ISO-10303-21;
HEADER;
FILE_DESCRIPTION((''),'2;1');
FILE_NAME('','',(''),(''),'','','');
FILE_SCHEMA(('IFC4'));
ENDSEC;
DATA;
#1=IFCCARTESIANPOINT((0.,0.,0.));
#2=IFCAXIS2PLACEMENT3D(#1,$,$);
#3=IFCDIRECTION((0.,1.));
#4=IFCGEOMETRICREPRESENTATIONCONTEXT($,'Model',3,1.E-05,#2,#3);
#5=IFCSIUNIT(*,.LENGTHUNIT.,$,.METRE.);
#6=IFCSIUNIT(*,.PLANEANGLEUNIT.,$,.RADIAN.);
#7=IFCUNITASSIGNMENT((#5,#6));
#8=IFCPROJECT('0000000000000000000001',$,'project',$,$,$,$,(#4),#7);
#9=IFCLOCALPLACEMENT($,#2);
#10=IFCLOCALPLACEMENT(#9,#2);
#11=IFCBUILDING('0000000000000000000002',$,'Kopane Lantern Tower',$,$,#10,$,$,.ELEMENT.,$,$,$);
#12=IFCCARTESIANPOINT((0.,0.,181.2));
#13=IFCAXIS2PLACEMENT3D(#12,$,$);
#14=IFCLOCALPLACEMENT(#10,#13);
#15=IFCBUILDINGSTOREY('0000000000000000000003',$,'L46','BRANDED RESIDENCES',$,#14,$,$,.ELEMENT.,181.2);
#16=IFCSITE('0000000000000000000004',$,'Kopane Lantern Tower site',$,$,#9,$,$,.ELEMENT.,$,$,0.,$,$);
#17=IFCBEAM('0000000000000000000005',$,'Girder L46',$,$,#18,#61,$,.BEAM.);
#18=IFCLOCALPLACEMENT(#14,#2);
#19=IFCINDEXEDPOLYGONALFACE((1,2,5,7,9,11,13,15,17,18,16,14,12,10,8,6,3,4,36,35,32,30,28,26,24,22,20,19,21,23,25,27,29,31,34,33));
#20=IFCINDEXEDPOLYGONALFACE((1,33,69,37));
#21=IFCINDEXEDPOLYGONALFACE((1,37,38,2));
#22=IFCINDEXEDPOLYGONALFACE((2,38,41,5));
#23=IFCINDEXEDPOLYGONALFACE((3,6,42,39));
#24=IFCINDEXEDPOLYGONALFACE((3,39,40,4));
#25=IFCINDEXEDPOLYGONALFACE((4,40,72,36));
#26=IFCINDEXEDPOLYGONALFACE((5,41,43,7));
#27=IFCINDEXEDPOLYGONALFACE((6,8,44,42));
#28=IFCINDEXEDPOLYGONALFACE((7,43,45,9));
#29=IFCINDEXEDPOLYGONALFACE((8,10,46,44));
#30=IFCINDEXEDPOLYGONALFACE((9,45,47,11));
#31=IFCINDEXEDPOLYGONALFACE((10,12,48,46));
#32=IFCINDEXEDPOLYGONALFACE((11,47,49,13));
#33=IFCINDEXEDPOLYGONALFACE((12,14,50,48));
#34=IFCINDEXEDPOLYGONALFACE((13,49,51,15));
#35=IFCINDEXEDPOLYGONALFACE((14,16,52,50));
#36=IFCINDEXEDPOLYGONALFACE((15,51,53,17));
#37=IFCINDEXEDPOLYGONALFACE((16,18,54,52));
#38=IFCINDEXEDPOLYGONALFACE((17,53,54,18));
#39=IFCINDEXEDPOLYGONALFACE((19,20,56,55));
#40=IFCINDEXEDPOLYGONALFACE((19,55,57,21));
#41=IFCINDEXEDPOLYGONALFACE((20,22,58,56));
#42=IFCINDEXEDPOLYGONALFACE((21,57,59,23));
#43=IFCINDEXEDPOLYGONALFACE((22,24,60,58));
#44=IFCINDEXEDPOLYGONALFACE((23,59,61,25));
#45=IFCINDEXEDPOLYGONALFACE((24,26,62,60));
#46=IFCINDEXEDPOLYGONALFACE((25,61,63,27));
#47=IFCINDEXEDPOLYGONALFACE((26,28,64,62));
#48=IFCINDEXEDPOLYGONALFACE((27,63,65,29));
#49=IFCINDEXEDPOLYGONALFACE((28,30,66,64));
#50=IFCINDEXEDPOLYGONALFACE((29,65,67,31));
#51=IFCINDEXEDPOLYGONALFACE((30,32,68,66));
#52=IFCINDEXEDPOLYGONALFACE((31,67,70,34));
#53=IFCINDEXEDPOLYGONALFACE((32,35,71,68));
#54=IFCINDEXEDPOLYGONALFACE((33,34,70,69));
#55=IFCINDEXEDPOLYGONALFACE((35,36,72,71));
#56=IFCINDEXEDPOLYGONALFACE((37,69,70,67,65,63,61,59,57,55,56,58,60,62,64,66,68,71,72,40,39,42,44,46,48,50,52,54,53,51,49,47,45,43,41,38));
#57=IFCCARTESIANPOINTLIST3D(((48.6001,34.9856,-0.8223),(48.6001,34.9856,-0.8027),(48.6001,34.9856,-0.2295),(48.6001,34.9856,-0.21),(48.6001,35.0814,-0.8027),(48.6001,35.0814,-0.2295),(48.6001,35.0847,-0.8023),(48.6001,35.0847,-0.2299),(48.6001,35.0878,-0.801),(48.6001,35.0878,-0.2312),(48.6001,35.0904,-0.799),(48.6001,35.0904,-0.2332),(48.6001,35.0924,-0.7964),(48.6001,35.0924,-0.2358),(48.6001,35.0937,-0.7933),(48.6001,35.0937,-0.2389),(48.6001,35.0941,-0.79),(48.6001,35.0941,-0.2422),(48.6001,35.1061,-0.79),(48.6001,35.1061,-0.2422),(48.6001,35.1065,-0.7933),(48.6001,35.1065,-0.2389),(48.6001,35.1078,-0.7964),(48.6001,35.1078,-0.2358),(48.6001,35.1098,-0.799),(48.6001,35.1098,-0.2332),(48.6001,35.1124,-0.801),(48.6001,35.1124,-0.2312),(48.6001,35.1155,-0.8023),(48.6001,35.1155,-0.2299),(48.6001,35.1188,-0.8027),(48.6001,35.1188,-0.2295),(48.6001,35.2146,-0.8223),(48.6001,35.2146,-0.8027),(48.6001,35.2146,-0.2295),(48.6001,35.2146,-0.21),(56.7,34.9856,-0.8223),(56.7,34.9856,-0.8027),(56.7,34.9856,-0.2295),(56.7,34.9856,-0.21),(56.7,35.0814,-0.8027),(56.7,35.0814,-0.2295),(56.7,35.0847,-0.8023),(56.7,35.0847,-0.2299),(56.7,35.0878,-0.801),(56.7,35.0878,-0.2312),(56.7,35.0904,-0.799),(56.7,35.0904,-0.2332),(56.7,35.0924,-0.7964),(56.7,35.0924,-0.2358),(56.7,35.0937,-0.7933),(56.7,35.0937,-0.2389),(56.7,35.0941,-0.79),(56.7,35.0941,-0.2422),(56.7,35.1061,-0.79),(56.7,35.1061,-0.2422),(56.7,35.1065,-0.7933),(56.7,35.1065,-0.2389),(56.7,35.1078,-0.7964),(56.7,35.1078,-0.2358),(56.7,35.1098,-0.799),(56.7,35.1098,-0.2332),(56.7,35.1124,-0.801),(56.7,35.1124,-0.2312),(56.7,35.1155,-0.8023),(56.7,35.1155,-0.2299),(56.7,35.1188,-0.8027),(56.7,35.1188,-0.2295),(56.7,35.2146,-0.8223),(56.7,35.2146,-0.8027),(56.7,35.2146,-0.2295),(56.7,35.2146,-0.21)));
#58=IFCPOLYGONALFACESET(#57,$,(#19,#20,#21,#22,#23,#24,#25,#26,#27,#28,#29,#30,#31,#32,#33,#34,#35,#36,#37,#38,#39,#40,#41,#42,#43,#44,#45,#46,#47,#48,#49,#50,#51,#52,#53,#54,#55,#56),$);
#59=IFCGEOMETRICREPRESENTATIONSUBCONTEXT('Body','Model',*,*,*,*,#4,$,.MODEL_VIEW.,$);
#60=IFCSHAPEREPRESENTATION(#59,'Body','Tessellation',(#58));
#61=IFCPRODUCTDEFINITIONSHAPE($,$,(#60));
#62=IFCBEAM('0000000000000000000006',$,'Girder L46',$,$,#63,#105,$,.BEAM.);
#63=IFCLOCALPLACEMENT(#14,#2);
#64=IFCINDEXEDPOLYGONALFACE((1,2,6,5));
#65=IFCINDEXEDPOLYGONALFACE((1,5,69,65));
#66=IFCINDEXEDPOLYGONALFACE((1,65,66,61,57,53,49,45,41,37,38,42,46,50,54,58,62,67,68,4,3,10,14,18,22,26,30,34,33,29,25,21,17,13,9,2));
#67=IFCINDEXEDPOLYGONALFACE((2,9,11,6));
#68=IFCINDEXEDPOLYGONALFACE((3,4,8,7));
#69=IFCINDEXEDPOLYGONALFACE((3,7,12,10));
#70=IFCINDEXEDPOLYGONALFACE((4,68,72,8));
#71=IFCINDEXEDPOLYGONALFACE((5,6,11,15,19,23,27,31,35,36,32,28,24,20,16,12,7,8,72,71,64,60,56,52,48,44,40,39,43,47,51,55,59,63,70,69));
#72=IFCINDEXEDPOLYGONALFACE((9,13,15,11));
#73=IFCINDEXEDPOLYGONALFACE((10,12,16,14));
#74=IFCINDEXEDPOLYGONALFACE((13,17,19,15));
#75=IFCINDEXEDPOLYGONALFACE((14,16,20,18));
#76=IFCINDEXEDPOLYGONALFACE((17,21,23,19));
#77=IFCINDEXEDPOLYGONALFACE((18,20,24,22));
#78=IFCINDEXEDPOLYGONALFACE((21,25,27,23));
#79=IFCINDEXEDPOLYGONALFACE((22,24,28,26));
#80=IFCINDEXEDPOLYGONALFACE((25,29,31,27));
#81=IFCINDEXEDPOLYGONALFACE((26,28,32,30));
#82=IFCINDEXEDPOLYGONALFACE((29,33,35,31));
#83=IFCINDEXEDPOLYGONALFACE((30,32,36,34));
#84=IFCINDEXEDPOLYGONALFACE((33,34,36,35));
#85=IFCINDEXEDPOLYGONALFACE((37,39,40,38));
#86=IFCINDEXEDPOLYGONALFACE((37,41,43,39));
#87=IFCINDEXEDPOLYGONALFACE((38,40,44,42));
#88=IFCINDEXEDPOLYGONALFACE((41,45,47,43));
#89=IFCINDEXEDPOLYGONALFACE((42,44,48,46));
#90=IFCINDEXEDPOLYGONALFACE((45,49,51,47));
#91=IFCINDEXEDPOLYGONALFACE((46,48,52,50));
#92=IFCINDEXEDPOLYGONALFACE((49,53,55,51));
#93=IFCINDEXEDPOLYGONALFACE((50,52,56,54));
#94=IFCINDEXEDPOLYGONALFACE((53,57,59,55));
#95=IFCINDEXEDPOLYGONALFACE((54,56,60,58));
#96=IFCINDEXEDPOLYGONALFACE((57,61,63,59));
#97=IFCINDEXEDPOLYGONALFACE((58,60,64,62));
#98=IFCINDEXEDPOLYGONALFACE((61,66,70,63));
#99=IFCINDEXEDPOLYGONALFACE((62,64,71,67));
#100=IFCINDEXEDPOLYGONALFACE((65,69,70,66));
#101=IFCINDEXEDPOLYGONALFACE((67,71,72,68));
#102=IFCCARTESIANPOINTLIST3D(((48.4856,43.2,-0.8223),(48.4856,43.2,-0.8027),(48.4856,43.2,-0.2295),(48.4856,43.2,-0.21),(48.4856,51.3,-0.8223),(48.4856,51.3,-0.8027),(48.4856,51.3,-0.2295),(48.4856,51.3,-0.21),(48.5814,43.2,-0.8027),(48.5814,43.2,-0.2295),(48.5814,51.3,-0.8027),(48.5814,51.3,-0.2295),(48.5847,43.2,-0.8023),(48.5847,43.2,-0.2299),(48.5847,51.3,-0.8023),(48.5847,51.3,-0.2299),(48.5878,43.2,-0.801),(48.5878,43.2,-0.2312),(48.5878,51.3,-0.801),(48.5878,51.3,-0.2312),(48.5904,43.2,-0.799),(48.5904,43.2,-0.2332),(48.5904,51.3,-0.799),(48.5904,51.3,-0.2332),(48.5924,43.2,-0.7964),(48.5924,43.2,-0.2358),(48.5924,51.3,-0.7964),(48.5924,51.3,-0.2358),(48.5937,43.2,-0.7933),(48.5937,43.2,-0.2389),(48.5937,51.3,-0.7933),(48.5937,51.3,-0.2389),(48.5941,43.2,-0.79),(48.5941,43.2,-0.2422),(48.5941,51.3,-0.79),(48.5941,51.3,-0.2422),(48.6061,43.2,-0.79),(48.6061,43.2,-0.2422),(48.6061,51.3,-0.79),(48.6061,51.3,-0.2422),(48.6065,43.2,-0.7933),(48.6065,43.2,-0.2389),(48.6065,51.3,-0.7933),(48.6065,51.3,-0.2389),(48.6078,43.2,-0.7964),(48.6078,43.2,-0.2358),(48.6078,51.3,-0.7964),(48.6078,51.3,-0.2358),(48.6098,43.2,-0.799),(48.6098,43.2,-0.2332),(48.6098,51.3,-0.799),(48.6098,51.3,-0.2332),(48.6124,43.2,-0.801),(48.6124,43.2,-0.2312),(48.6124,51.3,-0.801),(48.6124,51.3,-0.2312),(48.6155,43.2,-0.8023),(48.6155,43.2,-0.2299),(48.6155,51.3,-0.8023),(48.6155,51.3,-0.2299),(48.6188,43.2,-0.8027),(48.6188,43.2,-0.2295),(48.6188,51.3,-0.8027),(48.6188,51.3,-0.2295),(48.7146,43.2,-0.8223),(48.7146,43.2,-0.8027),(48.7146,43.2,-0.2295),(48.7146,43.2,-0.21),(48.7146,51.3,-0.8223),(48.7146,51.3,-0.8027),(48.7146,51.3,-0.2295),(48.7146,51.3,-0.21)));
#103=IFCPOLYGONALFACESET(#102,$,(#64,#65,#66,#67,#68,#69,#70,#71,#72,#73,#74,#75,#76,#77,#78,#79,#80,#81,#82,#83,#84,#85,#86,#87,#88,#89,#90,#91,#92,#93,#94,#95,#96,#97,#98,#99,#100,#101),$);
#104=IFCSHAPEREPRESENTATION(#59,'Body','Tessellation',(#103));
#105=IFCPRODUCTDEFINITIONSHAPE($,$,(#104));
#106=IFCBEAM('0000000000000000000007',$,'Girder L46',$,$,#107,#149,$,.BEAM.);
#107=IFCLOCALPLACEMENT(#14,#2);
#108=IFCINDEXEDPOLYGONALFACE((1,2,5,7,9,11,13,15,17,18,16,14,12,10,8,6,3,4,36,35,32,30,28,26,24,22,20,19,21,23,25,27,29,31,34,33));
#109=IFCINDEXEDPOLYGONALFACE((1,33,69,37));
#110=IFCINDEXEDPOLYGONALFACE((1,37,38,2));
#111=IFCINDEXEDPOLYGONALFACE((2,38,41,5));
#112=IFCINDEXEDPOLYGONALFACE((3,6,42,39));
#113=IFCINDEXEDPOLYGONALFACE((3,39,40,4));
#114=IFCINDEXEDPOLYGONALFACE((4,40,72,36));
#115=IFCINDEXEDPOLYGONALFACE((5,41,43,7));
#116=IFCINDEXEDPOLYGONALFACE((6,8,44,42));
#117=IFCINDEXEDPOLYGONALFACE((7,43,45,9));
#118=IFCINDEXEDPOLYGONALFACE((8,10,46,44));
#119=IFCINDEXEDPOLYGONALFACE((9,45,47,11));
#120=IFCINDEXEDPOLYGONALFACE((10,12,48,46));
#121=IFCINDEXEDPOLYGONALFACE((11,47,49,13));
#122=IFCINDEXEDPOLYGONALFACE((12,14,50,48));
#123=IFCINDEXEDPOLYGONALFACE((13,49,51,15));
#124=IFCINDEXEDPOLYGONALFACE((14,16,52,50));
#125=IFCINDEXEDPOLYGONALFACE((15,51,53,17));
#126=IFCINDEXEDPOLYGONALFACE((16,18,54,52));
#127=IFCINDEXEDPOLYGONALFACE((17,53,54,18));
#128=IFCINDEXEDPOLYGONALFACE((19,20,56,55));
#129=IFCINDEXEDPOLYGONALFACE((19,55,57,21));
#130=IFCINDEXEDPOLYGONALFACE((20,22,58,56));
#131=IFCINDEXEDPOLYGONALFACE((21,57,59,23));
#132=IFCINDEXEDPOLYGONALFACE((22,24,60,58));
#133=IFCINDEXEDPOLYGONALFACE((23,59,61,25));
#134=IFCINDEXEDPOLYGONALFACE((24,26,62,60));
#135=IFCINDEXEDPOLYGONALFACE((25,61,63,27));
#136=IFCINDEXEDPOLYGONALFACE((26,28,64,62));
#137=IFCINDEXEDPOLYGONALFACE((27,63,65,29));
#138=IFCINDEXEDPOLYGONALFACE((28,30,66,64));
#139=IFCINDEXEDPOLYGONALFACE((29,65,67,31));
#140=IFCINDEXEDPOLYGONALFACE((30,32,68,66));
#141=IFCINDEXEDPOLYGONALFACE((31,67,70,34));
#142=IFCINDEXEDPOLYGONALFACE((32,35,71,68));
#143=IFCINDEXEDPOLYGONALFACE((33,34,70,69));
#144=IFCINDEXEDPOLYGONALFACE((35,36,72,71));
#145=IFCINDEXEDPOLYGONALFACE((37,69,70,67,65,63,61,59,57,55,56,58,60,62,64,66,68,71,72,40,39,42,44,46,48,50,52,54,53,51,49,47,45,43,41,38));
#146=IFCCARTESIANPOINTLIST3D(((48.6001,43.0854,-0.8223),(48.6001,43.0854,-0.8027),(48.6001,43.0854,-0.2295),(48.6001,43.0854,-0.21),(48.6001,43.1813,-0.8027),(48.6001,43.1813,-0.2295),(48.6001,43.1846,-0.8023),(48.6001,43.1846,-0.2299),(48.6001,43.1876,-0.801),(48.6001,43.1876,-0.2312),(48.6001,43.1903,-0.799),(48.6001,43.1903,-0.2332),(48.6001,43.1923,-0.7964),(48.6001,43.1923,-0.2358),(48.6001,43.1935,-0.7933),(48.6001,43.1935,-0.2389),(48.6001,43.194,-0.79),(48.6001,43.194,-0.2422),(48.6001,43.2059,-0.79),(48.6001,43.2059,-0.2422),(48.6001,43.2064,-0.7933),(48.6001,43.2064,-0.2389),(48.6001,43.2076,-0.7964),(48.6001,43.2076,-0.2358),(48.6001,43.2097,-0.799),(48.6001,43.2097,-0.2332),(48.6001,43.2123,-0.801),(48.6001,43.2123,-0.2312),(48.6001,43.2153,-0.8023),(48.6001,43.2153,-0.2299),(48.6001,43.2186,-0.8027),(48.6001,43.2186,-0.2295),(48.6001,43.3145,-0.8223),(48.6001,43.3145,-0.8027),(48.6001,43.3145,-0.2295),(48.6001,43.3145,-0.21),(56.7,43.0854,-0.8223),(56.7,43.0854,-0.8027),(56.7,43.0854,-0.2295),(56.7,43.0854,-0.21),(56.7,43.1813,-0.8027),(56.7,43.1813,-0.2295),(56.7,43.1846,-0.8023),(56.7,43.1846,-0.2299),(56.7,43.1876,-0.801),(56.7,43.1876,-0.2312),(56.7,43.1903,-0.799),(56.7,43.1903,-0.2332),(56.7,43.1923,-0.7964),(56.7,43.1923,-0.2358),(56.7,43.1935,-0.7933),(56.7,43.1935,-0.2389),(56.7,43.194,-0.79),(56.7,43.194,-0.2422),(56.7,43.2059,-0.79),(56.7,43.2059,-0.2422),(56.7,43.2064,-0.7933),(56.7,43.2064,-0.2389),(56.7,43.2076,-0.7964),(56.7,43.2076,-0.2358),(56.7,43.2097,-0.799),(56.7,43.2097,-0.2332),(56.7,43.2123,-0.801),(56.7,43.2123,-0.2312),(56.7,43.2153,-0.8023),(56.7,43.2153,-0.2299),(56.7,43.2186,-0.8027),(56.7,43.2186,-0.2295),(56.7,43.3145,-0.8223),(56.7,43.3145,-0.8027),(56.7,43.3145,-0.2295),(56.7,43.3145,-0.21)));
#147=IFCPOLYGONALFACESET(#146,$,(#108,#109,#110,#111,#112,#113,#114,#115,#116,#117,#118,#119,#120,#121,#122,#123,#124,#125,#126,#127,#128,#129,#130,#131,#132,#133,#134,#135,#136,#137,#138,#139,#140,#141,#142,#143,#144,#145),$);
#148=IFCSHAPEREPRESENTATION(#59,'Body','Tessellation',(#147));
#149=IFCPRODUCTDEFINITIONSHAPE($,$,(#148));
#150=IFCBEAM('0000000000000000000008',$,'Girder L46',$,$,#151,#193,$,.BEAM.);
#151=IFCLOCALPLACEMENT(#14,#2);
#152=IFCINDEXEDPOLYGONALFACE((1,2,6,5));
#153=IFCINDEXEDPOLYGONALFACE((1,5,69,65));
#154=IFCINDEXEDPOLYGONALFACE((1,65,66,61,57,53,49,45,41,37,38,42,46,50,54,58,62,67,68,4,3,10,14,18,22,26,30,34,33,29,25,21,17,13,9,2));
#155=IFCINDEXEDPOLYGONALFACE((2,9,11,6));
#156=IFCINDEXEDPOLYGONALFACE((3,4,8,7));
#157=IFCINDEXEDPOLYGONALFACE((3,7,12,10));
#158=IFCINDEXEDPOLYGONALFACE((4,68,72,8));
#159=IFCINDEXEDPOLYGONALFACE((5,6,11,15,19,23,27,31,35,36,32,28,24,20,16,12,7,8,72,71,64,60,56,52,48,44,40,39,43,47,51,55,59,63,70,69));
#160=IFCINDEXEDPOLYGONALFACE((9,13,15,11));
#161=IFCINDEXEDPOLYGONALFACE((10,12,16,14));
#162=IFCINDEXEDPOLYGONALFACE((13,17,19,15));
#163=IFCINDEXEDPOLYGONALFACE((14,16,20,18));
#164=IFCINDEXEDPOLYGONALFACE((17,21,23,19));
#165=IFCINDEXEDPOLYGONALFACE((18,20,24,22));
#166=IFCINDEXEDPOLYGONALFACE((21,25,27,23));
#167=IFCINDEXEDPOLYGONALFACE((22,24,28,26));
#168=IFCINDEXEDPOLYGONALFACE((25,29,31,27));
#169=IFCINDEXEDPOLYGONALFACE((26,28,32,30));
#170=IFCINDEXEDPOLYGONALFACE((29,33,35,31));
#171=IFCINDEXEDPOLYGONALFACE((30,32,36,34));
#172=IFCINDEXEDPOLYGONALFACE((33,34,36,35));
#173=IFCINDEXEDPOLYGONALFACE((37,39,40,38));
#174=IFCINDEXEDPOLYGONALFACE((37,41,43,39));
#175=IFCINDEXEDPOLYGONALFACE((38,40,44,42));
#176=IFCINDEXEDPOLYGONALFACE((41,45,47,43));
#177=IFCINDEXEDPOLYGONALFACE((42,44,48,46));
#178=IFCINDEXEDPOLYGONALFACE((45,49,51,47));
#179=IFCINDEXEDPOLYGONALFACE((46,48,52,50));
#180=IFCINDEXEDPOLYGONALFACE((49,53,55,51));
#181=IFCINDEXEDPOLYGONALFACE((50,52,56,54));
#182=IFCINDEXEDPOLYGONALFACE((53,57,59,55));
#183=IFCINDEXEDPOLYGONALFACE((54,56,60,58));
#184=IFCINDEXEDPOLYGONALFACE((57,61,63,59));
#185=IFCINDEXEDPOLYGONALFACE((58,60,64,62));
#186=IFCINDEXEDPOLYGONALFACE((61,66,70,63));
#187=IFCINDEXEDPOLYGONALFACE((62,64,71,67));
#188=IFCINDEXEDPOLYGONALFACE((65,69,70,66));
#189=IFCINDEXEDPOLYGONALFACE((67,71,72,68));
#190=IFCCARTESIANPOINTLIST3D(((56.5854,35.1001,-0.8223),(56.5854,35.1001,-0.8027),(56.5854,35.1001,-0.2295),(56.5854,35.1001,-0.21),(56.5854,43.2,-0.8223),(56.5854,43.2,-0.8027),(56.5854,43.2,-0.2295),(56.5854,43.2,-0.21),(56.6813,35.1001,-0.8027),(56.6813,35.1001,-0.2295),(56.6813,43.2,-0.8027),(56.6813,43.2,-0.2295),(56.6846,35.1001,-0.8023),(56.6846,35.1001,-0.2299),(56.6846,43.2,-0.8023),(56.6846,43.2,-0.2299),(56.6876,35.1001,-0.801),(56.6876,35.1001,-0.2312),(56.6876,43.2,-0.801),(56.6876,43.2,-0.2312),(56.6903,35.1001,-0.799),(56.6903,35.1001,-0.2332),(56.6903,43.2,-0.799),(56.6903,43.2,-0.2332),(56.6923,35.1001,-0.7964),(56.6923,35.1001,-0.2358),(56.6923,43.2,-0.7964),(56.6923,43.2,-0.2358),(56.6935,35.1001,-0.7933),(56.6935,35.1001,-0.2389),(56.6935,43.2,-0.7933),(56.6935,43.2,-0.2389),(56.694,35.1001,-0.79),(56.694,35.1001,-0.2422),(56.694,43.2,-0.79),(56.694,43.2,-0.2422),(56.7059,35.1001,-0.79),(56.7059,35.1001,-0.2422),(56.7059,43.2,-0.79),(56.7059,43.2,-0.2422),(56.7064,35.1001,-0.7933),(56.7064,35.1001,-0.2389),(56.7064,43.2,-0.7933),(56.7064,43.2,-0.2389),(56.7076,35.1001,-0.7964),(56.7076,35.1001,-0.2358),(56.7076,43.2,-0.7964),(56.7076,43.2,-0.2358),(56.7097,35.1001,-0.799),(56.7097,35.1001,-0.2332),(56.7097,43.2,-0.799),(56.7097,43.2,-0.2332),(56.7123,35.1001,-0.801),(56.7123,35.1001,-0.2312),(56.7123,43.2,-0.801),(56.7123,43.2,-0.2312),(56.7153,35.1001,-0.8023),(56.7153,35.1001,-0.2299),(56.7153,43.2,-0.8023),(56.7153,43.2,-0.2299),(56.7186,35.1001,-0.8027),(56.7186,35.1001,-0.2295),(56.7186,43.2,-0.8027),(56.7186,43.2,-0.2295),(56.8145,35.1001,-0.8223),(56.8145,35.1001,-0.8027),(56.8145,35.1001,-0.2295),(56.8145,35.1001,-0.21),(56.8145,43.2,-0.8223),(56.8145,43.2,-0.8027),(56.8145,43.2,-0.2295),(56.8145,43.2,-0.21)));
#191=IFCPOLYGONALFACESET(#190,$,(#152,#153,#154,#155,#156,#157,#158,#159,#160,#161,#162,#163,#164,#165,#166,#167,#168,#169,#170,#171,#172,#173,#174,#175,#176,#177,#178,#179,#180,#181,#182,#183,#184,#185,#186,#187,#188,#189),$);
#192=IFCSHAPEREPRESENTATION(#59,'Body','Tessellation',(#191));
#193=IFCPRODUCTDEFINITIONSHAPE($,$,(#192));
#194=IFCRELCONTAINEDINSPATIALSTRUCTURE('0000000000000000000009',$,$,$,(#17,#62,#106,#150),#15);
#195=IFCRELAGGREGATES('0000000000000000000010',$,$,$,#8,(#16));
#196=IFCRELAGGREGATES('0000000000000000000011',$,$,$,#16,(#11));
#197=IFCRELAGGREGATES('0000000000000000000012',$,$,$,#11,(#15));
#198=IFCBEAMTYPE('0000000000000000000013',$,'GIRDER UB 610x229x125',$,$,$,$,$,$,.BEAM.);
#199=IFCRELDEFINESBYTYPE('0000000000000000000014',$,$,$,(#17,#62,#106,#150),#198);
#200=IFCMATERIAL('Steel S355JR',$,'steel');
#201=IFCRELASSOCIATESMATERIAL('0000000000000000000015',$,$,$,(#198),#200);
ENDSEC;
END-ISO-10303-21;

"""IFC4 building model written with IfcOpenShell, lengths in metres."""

from ifc_helpers import new_model, si_unit, direction, frame, origin, origin_2d, place, context, subcontext, project, spatial, i_section, extrude, material, material_profile, profile_set, type_object, element, save


model = new_model("IFC4")

# Units and contexts
model_context = context("Model", 3, precision=1e-05, world=origin(), true_north=direction((0.0, 1.0)))
body_context = subcontext(model_context, "Body", "Model", "MODEL_VIEW")
ifc_project = project(units=[si_unit("LENGTHUNIT", "METRE"), si_unit("PLANEANGLEUNIT", "RADIAN")], contexts=[model_context])

# Site, building, storey
site_placement = place(None, origin())
site = spatial("IfcSite", under=ifc_project, at=site_placement, Name="Kopane Lantern Tower site", CompositionType="ELEMENT", RefElevation=0.0)
building_placement = place(site_placement, origin())
building = spatial("IfcBuilding", under=site, at=building_placement, Name="Kopane Lantern Tower", CompositionType="ELEMENT")
storey_placement = place(building_placement, frame((0.0, 0.0, 181.2)))
storey = spatial("IfcBuildingStorey", under=building, at=storey_placement, Name="L46", Description="BRANDED RESIDENCES", CompositionType="ELEMENT", Elevation=181.2)

# Beams
ifc_material_1 = material(Name="Steel S355JR", Category="steel")
ifc_material_profile_1 = material_profile(ifc_material_1, i_section(OverallWidth=0.229, OverallDepth=0.6123, WebThickness=0.012, FlangeThickness=0.0195, FilletRadius=0.0127, at=origin_2d()), Name="UB 610x229x125")
ifc_profile_set_1 = profile_set([ifc_material_profile_1], Name="Steel S355JR")
beam_type = type_object("IfcBeamType", Name="GIRDER UB 610x229x125", PredefinedType="BEAM", material=ifc_profile_set_1)
for number, where, z_axis, x_axis, name in (
    (1, (48.6001, 35.1001, -0.5161), (1.0, 0.0, 0.0), (0.0, 1.0, 0.0), "Girder L46"),
):
    element("IfcBeam", number, at=place(storey_placement, frame(where, z_axis=z_axis, x_axis=x_axis)), inside=storey, type_object=beam_type, Name=name, PredefinedType="BEAM", context=body_context, shape_type="SweptSolid", body=[
        extrude(i_section(OverallWidth=0.229, OverallDepth=0.6123, WebThickness=0.012, FlangeThickness=0.0195, FilletRadius=0.0127, at=origin_2d()), origin(), (0.0, 0.0, 1.0), 8.0999),
    ])
beam_1_placement = place(storey_placement, frame((48.6001, 43.2, -0.5161), z_axis=(0.0, 1.0, 0.0), x_axis=(-1.0, 0.0, 0.0)))
element("IfcBeam", 2, at=beam_1_placement, inside=storey, type_object=beam_type, Name="Girder L46", PredefinedType="BEAM", context=body_context, shape_type="SweptSolid", body=[
    extrude(i_section(OverallWidth=0.229, OverallDepth=0.6123, WebThickness=0.012, FlangeThickness=0.0195, FilletRadius=0.0127, at=origin_2d()), origin(), (0.0, 0.0, 1.0), 8.1001),
])
for number, where, z_axis, x_axis, name in (
    (3, (48.6001, 43.2, -0.5161), (1.0, 0.0, 0.0), (0.0, 1.0, 0.0), "Girder L46"),
    (4, (56.7, 35.1001, -0.5161), (0.0, 1.0, 0.0), (-1.0, 0.0, 0.0), "Girder L46"),
):
    element("IfcBeam", number, at=place(storey_placement, frame(where, z_axis=z_axis, x_axis=x_axis)), inside=storey, type_object=beam_type, Name=name, PredefinedType="BEAM", context=body_context, shape_type="SweptSolid", body=[
        extrude(i_section(OverallWidth=0.229, OverallDepth=0.6123, WebThickness=0.012, FlangeThickness=0.0195, FilletRadius=0.0127, at=origin_2d()), origin(), (0.0, 0.0, 1.0), 8.0999),
    ])

save(model, "model.ifc")
